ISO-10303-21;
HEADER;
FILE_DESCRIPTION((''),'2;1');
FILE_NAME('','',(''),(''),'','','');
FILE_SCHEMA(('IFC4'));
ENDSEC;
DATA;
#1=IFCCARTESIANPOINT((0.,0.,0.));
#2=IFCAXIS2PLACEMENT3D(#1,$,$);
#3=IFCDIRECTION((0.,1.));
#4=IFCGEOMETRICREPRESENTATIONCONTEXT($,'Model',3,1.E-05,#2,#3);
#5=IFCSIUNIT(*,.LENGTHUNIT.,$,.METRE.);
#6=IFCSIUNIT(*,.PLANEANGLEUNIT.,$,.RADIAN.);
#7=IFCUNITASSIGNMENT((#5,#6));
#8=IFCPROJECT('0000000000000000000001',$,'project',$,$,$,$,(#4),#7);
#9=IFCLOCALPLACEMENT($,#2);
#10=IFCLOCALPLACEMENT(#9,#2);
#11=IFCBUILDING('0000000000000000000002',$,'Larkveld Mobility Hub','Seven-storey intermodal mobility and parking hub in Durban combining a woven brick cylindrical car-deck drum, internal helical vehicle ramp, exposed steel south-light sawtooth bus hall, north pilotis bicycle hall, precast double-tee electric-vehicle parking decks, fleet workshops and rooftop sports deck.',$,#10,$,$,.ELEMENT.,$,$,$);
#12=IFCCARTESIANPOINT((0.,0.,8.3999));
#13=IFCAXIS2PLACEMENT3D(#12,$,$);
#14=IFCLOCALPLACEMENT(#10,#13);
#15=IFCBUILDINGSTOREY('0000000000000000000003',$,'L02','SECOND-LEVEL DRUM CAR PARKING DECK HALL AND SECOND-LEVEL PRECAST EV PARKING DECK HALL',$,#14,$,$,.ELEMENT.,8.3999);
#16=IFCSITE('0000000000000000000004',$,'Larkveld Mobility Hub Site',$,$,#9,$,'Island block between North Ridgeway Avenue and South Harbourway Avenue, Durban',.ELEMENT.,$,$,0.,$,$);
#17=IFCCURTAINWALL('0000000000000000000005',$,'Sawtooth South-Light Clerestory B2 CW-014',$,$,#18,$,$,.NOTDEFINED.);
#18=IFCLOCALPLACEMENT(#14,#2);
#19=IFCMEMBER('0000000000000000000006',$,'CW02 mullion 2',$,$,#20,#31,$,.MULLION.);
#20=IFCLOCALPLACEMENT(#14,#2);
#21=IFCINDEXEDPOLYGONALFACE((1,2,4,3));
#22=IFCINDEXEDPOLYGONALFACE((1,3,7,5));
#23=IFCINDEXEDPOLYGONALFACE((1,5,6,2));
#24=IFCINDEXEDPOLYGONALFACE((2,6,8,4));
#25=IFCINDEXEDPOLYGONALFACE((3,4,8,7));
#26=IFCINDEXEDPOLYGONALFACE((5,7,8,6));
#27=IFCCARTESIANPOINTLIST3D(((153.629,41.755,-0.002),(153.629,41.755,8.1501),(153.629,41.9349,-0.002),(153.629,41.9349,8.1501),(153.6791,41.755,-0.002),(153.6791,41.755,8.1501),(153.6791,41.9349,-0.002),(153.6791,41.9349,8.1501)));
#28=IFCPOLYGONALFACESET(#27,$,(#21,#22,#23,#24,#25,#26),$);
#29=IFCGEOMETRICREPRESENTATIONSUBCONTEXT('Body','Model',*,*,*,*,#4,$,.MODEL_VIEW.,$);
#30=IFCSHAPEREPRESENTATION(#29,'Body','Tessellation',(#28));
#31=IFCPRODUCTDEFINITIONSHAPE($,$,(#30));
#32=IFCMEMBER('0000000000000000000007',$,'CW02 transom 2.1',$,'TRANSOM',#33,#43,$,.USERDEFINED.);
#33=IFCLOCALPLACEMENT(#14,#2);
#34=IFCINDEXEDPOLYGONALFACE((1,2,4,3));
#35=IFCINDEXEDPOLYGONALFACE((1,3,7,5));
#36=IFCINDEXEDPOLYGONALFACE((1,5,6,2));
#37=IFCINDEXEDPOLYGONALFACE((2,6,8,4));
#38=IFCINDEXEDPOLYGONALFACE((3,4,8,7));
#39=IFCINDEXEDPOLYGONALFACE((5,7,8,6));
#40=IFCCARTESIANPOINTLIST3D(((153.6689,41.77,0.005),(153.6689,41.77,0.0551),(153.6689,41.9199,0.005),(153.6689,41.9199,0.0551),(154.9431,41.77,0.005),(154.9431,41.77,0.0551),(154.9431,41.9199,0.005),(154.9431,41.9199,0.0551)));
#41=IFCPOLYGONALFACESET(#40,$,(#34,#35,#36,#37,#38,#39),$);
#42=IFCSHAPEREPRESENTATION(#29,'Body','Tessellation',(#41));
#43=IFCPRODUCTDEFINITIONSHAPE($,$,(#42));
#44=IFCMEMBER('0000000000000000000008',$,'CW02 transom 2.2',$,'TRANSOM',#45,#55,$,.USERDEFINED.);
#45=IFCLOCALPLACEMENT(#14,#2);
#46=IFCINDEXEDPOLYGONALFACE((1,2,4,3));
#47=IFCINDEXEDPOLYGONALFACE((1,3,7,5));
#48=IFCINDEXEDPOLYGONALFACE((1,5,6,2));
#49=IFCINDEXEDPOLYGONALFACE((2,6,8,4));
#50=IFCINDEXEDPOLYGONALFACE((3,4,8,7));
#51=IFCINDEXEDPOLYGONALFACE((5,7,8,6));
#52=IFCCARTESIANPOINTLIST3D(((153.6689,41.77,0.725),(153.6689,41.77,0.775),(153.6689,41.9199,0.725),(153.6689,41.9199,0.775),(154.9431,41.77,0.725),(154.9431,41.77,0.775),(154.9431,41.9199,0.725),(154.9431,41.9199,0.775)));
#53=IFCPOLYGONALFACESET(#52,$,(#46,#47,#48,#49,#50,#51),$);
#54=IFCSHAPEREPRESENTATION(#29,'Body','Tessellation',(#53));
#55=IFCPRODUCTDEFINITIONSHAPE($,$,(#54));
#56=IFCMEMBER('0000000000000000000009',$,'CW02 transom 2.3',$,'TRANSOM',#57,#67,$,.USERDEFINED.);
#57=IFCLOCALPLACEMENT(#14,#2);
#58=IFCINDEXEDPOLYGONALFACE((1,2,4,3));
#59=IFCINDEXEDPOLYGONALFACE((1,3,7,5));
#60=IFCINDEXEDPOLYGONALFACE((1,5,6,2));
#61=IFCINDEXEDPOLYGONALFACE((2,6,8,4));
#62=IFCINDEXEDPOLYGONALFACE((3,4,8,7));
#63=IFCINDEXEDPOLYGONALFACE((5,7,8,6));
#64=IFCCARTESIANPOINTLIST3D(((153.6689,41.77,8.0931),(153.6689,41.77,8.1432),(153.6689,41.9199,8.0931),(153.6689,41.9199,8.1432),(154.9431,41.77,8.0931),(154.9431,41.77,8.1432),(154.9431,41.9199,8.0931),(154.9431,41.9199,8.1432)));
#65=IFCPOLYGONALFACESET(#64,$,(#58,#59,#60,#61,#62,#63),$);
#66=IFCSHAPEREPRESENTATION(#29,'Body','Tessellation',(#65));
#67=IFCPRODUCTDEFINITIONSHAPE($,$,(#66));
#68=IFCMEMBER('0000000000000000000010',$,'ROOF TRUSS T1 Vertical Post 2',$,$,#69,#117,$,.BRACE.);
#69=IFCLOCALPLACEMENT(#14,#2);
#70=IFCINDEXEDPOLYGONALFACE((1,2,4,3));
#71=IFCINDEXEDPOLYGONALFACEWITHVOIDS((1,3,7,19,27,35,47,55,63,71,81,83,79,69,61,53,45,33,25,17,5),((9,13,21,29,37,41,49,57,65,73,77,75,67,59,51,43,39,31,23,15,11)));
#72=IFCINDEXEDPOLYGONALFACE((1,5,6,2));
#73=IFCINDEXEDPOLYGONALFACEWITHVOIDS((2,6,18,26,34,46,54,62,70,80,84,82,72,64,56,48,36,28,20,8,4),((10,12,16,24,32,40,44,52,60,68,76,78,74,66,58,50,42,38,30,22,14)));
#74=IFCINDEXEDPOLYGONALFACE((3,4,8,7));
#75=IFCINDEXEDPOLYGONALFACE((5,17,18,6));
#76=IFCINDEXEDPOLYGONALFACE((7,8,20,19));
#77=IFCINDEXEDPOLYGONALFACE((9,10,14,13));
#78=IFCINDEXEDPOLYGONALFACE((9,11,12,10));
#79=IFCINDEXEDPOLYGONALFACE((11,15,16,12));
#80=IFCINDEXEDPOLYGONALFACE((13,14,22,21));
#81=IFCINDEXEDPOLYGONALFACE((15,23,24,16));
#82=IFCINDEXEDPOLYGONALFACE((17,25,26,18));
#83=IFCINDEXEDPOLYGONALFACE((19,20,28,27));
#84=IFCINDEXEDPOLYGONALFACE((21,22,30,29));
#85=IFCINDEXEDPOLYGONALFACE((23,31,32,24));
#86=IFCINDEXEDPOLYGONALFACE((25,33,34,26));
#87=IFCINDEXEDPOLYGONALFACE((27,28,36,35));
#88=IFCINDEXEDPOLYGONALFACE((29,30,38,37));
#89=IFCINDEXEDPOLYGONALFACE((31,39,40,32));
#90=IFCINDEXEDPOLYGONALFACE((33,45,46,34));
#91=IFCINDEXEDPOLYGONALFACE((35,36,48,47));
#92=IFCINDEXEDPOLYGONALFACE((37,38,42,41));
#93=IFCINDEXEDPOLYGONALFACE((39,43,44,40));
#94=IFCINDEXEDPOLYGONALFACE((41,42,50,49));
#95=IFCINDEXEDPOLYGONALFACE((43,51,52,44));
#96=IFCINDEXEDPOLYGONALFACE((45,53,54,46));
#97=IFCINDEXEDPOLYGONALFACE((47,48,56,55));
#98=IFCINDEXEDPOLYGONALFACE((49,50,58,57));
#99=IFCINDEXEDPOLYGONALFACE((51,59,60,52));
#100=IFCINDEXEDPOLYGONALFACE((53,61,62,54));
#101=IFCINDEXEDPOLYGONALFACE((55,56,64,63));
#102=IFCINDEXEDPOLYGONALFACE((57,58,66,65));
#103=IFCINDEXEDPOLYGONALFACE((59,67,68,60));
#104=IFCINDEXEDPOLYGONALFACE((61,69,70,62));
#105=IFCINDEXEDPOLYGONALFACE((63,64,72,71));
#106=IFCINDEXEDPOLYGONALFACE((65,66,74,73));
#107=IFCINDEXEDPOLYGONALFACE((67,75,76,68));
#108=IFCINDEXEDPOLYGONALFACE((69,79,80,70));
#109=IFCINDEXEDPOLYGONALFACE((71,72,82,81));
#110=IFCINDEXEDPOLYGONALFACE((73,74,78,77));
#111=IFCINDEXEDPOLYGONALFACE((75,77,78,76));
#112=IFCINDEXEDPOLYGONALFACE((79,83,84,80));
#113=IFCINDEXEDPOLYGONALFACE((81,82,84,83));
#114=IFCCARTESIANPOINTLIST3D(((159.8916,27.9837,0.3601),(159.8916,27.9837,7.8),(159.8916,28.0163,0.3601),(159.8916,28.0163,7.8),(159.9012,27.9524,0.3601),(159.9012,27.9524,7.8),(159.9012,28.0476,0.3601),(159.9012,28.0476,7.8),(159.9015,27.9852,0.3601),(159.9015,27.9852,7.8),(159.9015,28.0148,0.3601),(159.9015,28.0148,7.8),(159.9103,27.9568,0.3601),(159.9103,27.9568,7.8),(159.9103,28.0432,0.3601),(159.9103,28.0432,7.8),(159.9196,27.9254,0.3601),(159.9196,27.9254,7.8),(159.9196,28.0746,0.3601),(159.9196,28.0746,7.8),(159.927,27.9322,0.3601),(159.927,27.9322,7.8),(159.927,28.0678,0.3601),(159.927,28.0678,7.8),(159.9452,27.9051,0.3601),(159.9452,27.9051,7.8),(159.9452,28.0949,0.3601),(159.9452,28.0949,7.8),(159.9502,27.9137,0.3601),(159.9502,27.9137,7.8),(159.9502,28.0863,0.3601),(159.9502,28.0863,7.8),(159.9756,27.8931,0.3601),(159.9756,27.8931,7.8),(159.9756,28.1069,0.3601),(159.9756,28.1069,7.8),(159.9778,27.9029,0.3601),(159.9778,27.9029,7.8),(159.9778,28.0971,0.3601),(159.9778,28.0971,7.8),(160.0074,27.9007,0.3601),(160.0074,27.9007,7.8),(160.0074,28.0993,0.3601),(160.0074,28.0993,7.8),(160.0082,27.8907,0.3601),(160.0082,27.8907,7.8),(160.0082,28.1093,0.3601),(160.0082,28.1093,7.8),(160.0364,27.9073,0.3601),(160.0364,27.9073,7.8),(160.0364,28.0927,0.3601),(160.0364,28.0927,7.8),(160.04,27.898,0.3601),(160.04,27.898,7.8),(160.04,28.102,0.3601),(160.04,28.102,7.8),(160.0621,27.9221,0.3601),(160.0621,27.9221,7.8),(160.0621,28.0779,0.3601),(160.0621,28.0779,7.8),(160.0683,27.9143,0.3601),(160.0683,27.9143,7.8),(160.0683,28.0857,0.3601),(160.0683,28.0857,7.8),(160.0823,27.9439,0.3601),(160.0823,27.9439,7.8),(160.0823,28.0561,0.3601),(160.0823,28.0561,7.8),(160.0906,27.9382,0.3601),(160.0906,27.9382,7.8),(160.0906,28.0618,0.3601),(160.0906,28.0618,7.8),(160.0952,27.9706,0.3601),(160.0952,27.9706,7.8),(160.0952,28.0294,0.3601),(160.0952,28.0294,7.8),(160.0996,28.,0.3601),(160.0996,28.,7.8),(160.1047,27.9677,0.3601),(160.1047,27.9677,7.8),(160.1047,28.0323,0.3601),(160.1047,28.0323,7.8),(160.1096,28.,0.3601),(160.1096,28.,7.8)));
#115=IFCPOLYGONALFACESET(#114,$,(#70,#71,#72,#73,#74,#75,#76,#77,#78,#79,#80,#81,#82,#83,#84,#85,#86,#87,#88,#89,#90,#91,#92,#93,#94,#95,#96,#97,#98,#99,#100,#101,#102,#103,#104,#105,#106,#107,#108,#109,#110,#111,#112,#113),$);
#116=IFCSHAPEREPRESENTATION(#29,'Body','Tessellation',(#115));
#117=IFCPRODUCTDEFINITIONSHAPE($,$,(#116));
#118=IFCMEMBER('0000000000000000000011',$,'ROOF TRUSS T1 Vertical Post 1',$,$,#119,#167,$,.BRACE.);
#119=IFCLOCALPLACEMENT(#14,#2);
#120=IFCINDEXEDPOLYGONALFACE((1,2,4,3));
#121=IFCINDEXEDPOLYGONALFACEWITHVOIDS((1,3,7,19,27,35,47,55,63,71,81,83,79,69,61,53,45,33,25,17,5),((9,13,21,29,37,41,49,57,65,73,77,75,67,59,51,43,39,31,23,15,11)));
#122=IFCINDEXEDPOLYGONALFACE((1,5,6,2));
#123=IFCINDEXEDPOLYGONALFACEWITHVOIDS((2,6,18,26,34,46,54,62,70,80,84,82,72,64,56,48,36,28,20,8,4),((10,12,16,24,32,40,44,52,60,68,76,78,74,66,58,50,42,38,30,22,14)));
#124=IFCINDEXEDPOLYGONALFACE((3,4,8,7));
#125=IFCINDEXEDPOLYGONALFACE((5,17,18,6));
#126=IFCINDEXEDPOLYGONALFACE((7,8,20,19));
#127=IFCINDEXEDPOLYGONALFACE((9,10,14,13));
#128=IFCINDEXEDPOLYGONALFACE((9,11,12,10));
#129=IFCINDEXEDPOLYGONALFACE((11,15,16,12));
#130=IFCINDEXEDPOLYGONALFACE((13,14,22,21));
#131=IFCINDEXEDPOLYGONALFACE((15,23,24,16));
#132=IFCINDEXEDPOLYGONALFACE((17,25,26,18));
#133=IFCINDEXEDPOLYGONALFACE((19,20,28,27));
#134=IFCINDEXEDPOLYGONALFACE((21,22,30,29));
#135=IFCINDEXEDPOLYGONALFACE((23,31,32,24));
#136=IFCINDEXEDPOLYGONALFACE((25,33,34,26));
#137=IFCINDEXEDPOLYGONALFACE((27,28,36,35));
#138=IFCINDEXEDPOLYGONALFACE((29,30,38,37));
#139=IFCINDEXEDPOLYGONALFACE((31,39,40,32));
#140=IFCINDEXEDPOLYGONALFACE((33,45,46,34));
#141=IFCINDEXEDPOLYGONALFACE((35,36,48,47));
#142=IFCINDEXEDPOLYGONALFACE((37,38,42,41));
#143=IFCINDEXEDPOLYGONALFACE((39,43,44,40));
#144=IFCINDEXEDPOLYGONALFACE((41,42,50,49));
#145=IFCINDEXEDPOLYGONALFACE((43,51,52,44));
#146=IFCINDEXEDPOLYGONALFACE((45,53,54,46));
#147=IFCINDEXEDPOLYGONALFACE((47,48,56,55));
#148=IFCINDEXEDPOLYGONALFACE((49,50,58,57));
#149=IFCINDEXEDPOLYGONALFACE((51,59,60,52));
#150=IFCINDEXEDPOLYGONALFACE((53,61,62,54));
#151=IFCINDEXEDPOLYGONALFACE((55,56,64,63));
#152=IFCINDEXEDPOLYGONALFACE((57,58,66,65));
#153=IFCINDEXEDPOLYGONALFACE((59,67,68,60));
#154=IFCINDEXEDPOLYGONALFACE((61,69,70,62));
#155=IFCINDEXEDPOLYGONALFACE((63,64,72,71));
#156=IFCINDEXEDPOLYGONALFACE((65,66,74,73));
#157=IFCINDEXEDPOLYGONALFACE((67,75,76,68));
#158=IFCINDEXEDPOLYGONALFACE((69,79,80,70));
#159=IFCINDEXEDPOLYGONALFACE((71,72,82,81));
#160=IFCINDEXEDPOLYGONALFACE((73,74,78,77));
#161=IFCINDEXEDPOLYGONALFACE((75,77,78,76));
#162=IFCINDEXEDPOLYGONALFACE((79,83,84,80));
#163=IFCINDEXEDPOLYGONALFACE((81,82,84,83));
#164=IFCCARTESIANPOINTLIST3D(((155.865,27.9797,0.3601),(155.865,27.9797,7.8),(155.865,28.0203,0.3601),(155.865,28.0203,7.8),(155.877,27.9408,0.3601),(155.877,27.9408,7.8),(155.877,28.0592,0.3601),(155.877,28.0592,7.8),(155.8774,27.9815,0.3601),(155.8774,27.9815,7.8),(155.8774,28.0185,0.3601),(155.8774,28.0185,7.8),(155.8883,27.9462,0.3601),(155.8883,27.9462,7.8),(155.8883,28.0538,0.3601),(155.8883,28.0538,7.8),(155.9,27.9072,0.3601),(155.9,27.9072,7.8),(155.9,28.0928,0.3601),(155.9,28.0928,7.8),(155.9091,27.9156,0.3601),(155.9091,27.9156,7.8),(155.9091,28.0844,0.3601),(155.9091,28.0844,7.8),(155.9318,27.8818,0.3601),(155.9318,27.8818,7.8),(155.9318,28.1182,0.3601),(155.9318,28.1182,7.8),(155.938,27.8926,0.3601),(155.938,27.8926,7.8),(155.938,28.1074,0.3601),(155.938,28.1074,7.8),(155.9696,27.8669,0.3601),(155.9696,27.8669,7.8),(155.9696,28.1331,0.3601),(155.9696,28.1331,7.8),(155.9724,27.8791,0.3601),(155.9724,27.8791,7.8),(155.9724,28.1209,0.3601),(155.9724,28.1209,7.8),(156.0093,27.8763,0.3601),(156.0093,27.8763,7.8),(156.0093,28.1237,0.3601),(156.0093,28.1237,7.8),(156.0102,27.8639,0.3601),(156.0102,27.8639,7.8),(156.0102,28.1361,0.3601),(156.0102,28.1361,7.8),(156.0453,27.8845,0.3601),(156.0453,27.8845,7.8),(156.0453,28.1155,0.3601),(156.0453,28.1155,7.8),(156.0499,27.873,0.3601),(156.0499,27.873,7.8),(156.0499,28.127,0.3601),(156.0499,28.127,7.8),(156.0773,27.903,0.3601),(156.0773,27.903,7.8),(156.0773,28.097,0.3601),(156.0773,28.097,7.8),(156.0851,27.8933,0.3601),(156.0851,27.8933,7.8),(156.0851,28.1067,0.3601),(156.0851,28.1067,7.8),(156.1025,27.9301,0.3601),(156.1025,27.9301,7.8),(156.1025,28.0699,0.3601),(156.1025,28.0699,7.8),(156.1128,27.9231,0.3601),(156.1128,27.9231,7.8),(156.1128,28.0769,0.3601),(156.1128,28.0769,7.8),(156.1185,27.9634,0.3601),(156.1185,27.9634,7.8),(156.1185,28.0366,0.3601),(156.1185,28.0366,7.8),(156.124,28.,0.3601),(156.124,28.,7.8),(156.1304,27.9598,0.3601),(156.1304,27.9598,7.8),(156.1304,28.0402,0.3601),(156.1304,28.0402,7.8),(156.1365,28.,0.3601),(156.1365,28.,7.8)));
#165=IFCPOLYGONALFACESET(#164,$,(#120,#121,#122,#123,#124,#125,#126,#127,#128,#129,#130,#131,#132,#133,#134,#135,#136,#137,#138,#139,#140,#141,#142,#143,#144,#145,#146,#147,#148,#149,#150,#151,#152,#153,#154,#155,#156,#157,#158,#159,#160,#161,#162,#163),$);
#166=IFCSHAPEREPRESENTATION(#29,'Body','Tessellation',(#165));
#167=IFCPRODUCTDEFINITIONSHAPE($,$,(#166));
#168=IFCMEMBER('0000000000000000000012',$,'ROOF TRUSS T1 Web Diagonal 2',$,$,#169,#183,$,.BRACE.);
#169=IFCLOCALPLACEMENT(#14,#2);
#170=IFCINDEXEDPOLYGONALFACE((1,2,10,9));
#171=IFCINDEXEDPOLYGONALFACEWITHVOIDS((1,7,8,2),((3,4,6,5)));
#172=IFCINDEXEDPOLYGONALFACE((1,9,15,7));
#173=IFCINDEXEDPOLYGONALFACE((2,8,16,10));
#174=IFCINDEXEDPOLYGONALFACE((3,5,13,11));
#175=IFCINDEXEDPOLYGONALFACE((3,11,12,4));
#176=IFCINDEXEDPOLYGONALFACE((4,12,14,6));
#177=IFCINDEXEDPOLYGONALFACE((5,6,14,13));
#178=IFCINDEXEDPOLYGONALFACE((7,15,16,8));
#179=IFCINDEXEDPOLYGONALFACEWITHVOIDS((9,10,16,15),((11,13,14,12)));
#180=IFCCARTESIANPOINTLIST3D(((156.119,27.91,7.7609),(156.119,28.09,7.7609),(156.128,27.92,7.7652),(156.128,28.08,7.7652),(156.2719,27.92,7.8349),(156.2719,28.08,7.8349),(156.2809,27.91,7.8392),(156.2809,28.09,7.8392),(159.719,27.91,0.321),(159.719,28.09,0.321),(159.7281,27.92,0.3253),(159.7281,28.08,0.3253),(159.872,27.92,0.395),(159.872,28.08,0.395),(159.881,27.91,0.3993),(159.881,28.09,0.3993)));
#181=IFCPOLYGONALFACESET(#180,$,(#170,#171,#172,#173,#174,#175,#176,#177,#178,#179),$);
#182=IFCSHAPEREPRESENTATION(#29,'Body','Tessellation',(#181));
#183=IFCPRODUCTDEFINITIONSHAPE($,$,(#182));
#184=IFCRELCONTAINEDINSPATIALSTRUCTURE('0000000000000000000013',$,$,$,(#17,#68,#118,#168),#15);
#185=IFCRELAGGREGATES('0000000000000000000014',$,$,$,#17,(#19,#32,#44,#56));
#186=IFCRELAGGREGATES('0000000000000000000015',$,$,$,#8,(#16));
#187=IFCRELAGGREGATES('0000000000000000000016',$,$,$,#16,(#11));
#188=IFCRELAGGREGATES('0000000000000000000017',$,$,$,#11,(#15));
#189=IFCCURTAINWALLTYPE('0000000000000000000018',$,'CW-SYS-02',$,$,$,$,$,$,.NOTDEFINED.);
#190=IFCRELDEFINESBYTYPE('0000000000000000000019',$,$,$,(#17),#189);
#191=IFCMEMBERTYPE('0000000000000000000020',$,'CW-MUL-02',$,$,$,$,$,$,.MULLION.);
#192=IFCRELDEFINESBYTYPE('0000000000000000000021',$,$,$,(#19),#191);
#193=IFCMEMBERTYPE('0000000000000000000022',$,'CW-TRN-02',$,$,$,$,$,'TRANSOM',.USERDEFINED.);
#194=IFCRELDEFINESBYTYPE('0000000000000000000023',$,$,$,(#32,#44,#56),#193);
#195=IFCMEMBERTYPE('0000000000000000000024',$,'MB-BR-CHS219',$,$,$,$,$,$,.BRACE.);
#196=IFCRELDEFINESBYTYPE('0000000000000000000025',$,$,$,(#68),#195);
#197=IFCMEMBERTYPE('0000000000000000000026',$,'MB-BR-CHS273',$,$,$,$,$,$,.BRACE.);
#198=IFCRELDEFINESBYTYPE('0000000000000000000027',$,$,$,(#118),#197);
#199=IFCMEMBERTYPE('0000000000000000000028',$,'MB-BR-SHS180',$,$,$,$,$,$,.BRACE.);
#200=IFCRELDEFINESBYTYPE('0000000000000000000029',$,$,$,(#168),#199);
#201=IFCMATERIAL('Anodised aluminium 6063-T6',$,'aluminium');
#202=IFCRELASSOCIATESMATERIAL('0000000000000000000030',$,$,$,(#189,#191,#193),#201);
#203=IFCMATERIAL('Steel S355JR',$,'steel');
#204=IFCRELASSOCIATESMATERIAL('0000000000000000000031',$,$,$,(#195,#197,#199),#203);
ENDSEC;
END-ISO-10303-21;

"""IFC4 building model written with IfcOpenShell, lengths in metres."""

from ifc_helpers import new_model, si_unit, direction, frame, origin, origin_2d, place, context, subcontext, project, spatial, rectangle, hollow_rectangle, hollow_circle, extrude, material, material_profile, profile_set, type_object, element, aggregate, save


model = new_model("IFC4")

# Units and contexts
model_context = context("Model", 3, precision=1e-05, world=origin(), true_north=direction((0.0, 1.0)))
body_context = subcontext(model_context, "Body", "Model", "MODEL_VIEW")
ifc_project = project(units=[si_unit("LENGTHUNIT", "METRE"), si_unit("PLANEANGLEUNIT", "RADIAN")], contexts=[model_context])

# Site, building, storey
site_placement = place(None, origin())
site = spatial("IfcSite", under=ifc_project, at=site_placement, Name="Larkveld Mobility Hub Site", LongName="Island block between North Ridgeway Avenue and South Harbourway Avenue, Durban", CompositionType="ELEMENT", RefElevation=0.0)
building_placement = place(site_placement, origin())
building = spatial("IfcBuilding", under=site, at=building_placement, Name="Larkveld Mobility Hub", Description="Seven-storey intermodal mobility and parking hub in Durban combining a woven brick cylindrical car-deck drum, internal helical vehicle ramp, exposed steel south-light sawtooth bus hall, north pilotis bicycle hall, precast double-tee electric-vehicle parking decks, fleet workshops and rooftop sports deck.", CompositionType="ELEMENT")
storey_placement = place(building_placement, frame((0.0, 0.0, 8.3999)))
storey = spatial("IfcBuildingStorey", under=building, at=storey_placement, Name="L02", Description="SECOND-LEVEL DRUM CAR PARKING DECK HALL AND SECOND-LEVEL PRECAST EV PARKING DECK HALL", CompositionType="ELEMENT", Elevation=8.3999)

# Curtain wall, members
ifc_material_1 = material(Name="Anodised aluminium 6063-T6", Category="aluminium")
curtain_wall_type = type_object("IfcCurtainWallType", Name="CW-SYS-02", PredefinedType="NOTDEFINED", material=ifc_material_1)
curtain_wall_placement = place(storey_placement, origin())
curtain_wall = element("IfcCurtainWall", 1, at=curtain_wall_placement, inside=storey, type_object=curtain_wall_type, Name="Sawtooth South-Light Clerestory B2 CW-014", PredefinedType="NOTDEFINED")
ifc_material_profile_1 = material_profile(ifc_material_1, rectangle(XDim=0.05, YDim=0.1799, at=origin_2d()), Name="ALU MULL 50x180")
ifc_profile_set_1 = profile_set([ifc_material_profile_1], Name="Anodised aluminium 6063-T6")
member_type_1 = type_object("IfcMemberType", Name="CW-MUL-02", PredefinedType="MULLION", material=ifc_profile_set_1)
member_1_placement = place(storey_placement, frame((153.6541, 41.845, -0.002), z_axis=(0.0, 0.0, 1.0), x_axis=(1.0, 0.0, 0.0)))
member_1 = element("IfcMember", 2, at=member_1_placement, type_object=member_type_1, Name="CW02 mullion 2", PredefinedType="MULLION", context=body_context, shape_type="SweptSolid", body=[
    extrude(rectangle(XDim=0.05, YDim=0.1799, at=origin_2d()), origin(), (0.0, 0.0, 1.0), 8.1521),
])
ifc_material_profile_2 = material_profile(ifc_material_1, rectangle(XDim=0.1499, YDim=0.05, at=origin_2d()), Name="ALU TRAN 50x150")
ifc_profile_set_2 = profile_set([ifc_material_profile_2], Name="Anodised aluminium 6063-T6")
member_type_2 = type_object("IfcMemberType", Name="CW-TRN-02", ElementType="TRANSOM", PredefinedType="USERDEFINED", material=ifc_profile_set_2)
member_2_placement = place(storey_placement, frame((153.6689, 41.845, 0.03), z_axis=(1.0, 0.0, 0.0), x_axis=(0.0, 1.0, 0.0)))
member_2 = element("IfcMember", 3, at=member_2_placement, type_object=member_type_2, Name="CW02 transom 2.1", ObjectType="TRANSOM", PredefinedType="USERDEFINED", context=body_context, shape_type="SweptSolid", body=[
    extrude(rectangle(XDim=0.1499, YDim=0.05, at=origin_2d()), origin(), (0.0, 0.0, 1.0), 1.2742),
])
member_3_placement = place(storey_placement, frame((153.6689, 41.845, 0.75), z_axis=(1.0, 0.0, 0.0), x_axis=(0.0, 1.0, 0.0)))
member_3 = element("IfcMember", 4, at=member_3_placement, type_object=member_type_2, Name="CW02 transom 2.2", ObjectType="TRANSOM", PredefinedType="USERDEFINED", context=body_context, shape_type="SweptSolid", body=[
    extrude(rectangle(XDim=0.1499, YDim=0.05, at=origin_2d()), origin(), (0.0, 0.0, 1.0), 1.2742),
])
member_4_placement = place(storey_placement, frame((153.6689, 41.845, 8.1182), z_axis=(1.0, 0.0, 0.0), x_axis=(0.0, 1.0, 0.0)))
member_4 = element("IfcMember", 5, at=member_4_placement, type_object=member_type_2, Name="CW02 transom 2.3", ObjectType="TRANSOM", PredefinedType="USERDEFINED", context=body_context, shape_type="SweptSolid", body=[
    extrude(rectangle(XDim=0.1499, YDim=0.05, at=origin_2d()), origin(), (0.0, 0.0, 1.0), 1.2742),
])

# Members
ifc_material_2 = material(Name="Steel S355JR", Category="steel")
ifc_material_profile_3 = material_profile(ifc_material_2, hollow_circle(Radius=0.1096, WallThickness=0.01, at=origin_2d()), Name="CHS 219.1x10")
ifc_profile_set_3 = profile_set([ifc_material_profile_3], Name="Steel S355JR")
member_type_3 = type_object("IfcMemberType", Name="MB-BR-CHS219", PredefinedType="BRACE", material=ifc_profile_set_3)
member_5_placement = place(storey_placement, frame((160.0, 28.0, 0.3601), z_axis=(0.0, 0.0, 1.0), x_axis=(1.0, 0.0, 0.0)))
element("IfcMember", 6, at=member_5_placement, inside=storey, type_object=member_type_3, Name="ROOF TRUSS T1 Vertical Post 2", PredefinedType="BRACE", context=body_context, shape_type="SweptSolid", body=[
    extrude(hollow_circle(Radius=0.1096, WallThickness=0.01, at=origin_2d()), origin(), (0.0, 0.0, 1.0), 7.4399),
])
ifc_material_profile_4 = material_profile(ifc_material_2, hollow_circle(Radius=0.1365, WallThickness=0.0125, at=origin_2d()), Name="CHS 273x12.5")
ifc_profile_set_4 = profile_set([ifc_material_profile_4], Name="Steel S355JR")
member_type_4 = type_object("IfcMemberType", Name="MB-BR-CHS273", PredefinedType="BRACE", material=ifc_profile_set_4)
member_6_placement = place(storey_placement, frame((156.0, 28.0, 0.3601), z_axis=(0.0, 0.0, 1.0), x_axis=(1.0, 0.0, 0.0)))
element("IfcMember", 7, at=member_6_placement, inside=storey, type_object=member_type_4, Name="ROOF TRUSS T1 Vertical Post 1", PredefinedType="BRACE", context=body_context, shape_type="SweptSolid", body=[
    extrude(hollow_circle(Radius=0.1365, WallThickness=0.0125, at=origin_2d()), origin(), (0.0, 0.0, 1.0), 7.4399),
])
ifc_material_profile_5 = material_profile(ifc_material_2, hollow_rectangle(XDim=0.1799, YDim=0.1799, WallThickness=0.01, at=origin_2d()), Name="SHS 180x180x10")
ifc_profile_set_5 = profile_set([ifc_material_profile_5], Name="Steel S355JR")
member_type_5 = type_object("IfcMemberType", Name="MB-BR-SHS180", PredefinedType="BRACE", material=ifc_profile_set_5)
member_7_placement = place(storey_placement, frame((156.2, 28.0, 7.8), z_axis=(0.435573, 0.0, -0.900153), x_axis=(0.0, 1.0, 0.0)))
element("IfcMember", 8, at=member_7_placement, inside=storey, type_object=member_type_5, Name="ROOF TRUSS T1 Web Diagonal 2", PredefinedType="BRACE", context=body_context, shape_type="SweptSolid", body=[
    extrude(hollow_rectangle(XDim=0.1799, YDim=0.1799, WallThickness=0.01, at=origin_2d()), origin(), (0.0, 0.0, 1.0), 8.2651),
])

aggregate(curtain_wall, [member_1, member_2, member_3, member_4])

save(model, "model.ifc")
